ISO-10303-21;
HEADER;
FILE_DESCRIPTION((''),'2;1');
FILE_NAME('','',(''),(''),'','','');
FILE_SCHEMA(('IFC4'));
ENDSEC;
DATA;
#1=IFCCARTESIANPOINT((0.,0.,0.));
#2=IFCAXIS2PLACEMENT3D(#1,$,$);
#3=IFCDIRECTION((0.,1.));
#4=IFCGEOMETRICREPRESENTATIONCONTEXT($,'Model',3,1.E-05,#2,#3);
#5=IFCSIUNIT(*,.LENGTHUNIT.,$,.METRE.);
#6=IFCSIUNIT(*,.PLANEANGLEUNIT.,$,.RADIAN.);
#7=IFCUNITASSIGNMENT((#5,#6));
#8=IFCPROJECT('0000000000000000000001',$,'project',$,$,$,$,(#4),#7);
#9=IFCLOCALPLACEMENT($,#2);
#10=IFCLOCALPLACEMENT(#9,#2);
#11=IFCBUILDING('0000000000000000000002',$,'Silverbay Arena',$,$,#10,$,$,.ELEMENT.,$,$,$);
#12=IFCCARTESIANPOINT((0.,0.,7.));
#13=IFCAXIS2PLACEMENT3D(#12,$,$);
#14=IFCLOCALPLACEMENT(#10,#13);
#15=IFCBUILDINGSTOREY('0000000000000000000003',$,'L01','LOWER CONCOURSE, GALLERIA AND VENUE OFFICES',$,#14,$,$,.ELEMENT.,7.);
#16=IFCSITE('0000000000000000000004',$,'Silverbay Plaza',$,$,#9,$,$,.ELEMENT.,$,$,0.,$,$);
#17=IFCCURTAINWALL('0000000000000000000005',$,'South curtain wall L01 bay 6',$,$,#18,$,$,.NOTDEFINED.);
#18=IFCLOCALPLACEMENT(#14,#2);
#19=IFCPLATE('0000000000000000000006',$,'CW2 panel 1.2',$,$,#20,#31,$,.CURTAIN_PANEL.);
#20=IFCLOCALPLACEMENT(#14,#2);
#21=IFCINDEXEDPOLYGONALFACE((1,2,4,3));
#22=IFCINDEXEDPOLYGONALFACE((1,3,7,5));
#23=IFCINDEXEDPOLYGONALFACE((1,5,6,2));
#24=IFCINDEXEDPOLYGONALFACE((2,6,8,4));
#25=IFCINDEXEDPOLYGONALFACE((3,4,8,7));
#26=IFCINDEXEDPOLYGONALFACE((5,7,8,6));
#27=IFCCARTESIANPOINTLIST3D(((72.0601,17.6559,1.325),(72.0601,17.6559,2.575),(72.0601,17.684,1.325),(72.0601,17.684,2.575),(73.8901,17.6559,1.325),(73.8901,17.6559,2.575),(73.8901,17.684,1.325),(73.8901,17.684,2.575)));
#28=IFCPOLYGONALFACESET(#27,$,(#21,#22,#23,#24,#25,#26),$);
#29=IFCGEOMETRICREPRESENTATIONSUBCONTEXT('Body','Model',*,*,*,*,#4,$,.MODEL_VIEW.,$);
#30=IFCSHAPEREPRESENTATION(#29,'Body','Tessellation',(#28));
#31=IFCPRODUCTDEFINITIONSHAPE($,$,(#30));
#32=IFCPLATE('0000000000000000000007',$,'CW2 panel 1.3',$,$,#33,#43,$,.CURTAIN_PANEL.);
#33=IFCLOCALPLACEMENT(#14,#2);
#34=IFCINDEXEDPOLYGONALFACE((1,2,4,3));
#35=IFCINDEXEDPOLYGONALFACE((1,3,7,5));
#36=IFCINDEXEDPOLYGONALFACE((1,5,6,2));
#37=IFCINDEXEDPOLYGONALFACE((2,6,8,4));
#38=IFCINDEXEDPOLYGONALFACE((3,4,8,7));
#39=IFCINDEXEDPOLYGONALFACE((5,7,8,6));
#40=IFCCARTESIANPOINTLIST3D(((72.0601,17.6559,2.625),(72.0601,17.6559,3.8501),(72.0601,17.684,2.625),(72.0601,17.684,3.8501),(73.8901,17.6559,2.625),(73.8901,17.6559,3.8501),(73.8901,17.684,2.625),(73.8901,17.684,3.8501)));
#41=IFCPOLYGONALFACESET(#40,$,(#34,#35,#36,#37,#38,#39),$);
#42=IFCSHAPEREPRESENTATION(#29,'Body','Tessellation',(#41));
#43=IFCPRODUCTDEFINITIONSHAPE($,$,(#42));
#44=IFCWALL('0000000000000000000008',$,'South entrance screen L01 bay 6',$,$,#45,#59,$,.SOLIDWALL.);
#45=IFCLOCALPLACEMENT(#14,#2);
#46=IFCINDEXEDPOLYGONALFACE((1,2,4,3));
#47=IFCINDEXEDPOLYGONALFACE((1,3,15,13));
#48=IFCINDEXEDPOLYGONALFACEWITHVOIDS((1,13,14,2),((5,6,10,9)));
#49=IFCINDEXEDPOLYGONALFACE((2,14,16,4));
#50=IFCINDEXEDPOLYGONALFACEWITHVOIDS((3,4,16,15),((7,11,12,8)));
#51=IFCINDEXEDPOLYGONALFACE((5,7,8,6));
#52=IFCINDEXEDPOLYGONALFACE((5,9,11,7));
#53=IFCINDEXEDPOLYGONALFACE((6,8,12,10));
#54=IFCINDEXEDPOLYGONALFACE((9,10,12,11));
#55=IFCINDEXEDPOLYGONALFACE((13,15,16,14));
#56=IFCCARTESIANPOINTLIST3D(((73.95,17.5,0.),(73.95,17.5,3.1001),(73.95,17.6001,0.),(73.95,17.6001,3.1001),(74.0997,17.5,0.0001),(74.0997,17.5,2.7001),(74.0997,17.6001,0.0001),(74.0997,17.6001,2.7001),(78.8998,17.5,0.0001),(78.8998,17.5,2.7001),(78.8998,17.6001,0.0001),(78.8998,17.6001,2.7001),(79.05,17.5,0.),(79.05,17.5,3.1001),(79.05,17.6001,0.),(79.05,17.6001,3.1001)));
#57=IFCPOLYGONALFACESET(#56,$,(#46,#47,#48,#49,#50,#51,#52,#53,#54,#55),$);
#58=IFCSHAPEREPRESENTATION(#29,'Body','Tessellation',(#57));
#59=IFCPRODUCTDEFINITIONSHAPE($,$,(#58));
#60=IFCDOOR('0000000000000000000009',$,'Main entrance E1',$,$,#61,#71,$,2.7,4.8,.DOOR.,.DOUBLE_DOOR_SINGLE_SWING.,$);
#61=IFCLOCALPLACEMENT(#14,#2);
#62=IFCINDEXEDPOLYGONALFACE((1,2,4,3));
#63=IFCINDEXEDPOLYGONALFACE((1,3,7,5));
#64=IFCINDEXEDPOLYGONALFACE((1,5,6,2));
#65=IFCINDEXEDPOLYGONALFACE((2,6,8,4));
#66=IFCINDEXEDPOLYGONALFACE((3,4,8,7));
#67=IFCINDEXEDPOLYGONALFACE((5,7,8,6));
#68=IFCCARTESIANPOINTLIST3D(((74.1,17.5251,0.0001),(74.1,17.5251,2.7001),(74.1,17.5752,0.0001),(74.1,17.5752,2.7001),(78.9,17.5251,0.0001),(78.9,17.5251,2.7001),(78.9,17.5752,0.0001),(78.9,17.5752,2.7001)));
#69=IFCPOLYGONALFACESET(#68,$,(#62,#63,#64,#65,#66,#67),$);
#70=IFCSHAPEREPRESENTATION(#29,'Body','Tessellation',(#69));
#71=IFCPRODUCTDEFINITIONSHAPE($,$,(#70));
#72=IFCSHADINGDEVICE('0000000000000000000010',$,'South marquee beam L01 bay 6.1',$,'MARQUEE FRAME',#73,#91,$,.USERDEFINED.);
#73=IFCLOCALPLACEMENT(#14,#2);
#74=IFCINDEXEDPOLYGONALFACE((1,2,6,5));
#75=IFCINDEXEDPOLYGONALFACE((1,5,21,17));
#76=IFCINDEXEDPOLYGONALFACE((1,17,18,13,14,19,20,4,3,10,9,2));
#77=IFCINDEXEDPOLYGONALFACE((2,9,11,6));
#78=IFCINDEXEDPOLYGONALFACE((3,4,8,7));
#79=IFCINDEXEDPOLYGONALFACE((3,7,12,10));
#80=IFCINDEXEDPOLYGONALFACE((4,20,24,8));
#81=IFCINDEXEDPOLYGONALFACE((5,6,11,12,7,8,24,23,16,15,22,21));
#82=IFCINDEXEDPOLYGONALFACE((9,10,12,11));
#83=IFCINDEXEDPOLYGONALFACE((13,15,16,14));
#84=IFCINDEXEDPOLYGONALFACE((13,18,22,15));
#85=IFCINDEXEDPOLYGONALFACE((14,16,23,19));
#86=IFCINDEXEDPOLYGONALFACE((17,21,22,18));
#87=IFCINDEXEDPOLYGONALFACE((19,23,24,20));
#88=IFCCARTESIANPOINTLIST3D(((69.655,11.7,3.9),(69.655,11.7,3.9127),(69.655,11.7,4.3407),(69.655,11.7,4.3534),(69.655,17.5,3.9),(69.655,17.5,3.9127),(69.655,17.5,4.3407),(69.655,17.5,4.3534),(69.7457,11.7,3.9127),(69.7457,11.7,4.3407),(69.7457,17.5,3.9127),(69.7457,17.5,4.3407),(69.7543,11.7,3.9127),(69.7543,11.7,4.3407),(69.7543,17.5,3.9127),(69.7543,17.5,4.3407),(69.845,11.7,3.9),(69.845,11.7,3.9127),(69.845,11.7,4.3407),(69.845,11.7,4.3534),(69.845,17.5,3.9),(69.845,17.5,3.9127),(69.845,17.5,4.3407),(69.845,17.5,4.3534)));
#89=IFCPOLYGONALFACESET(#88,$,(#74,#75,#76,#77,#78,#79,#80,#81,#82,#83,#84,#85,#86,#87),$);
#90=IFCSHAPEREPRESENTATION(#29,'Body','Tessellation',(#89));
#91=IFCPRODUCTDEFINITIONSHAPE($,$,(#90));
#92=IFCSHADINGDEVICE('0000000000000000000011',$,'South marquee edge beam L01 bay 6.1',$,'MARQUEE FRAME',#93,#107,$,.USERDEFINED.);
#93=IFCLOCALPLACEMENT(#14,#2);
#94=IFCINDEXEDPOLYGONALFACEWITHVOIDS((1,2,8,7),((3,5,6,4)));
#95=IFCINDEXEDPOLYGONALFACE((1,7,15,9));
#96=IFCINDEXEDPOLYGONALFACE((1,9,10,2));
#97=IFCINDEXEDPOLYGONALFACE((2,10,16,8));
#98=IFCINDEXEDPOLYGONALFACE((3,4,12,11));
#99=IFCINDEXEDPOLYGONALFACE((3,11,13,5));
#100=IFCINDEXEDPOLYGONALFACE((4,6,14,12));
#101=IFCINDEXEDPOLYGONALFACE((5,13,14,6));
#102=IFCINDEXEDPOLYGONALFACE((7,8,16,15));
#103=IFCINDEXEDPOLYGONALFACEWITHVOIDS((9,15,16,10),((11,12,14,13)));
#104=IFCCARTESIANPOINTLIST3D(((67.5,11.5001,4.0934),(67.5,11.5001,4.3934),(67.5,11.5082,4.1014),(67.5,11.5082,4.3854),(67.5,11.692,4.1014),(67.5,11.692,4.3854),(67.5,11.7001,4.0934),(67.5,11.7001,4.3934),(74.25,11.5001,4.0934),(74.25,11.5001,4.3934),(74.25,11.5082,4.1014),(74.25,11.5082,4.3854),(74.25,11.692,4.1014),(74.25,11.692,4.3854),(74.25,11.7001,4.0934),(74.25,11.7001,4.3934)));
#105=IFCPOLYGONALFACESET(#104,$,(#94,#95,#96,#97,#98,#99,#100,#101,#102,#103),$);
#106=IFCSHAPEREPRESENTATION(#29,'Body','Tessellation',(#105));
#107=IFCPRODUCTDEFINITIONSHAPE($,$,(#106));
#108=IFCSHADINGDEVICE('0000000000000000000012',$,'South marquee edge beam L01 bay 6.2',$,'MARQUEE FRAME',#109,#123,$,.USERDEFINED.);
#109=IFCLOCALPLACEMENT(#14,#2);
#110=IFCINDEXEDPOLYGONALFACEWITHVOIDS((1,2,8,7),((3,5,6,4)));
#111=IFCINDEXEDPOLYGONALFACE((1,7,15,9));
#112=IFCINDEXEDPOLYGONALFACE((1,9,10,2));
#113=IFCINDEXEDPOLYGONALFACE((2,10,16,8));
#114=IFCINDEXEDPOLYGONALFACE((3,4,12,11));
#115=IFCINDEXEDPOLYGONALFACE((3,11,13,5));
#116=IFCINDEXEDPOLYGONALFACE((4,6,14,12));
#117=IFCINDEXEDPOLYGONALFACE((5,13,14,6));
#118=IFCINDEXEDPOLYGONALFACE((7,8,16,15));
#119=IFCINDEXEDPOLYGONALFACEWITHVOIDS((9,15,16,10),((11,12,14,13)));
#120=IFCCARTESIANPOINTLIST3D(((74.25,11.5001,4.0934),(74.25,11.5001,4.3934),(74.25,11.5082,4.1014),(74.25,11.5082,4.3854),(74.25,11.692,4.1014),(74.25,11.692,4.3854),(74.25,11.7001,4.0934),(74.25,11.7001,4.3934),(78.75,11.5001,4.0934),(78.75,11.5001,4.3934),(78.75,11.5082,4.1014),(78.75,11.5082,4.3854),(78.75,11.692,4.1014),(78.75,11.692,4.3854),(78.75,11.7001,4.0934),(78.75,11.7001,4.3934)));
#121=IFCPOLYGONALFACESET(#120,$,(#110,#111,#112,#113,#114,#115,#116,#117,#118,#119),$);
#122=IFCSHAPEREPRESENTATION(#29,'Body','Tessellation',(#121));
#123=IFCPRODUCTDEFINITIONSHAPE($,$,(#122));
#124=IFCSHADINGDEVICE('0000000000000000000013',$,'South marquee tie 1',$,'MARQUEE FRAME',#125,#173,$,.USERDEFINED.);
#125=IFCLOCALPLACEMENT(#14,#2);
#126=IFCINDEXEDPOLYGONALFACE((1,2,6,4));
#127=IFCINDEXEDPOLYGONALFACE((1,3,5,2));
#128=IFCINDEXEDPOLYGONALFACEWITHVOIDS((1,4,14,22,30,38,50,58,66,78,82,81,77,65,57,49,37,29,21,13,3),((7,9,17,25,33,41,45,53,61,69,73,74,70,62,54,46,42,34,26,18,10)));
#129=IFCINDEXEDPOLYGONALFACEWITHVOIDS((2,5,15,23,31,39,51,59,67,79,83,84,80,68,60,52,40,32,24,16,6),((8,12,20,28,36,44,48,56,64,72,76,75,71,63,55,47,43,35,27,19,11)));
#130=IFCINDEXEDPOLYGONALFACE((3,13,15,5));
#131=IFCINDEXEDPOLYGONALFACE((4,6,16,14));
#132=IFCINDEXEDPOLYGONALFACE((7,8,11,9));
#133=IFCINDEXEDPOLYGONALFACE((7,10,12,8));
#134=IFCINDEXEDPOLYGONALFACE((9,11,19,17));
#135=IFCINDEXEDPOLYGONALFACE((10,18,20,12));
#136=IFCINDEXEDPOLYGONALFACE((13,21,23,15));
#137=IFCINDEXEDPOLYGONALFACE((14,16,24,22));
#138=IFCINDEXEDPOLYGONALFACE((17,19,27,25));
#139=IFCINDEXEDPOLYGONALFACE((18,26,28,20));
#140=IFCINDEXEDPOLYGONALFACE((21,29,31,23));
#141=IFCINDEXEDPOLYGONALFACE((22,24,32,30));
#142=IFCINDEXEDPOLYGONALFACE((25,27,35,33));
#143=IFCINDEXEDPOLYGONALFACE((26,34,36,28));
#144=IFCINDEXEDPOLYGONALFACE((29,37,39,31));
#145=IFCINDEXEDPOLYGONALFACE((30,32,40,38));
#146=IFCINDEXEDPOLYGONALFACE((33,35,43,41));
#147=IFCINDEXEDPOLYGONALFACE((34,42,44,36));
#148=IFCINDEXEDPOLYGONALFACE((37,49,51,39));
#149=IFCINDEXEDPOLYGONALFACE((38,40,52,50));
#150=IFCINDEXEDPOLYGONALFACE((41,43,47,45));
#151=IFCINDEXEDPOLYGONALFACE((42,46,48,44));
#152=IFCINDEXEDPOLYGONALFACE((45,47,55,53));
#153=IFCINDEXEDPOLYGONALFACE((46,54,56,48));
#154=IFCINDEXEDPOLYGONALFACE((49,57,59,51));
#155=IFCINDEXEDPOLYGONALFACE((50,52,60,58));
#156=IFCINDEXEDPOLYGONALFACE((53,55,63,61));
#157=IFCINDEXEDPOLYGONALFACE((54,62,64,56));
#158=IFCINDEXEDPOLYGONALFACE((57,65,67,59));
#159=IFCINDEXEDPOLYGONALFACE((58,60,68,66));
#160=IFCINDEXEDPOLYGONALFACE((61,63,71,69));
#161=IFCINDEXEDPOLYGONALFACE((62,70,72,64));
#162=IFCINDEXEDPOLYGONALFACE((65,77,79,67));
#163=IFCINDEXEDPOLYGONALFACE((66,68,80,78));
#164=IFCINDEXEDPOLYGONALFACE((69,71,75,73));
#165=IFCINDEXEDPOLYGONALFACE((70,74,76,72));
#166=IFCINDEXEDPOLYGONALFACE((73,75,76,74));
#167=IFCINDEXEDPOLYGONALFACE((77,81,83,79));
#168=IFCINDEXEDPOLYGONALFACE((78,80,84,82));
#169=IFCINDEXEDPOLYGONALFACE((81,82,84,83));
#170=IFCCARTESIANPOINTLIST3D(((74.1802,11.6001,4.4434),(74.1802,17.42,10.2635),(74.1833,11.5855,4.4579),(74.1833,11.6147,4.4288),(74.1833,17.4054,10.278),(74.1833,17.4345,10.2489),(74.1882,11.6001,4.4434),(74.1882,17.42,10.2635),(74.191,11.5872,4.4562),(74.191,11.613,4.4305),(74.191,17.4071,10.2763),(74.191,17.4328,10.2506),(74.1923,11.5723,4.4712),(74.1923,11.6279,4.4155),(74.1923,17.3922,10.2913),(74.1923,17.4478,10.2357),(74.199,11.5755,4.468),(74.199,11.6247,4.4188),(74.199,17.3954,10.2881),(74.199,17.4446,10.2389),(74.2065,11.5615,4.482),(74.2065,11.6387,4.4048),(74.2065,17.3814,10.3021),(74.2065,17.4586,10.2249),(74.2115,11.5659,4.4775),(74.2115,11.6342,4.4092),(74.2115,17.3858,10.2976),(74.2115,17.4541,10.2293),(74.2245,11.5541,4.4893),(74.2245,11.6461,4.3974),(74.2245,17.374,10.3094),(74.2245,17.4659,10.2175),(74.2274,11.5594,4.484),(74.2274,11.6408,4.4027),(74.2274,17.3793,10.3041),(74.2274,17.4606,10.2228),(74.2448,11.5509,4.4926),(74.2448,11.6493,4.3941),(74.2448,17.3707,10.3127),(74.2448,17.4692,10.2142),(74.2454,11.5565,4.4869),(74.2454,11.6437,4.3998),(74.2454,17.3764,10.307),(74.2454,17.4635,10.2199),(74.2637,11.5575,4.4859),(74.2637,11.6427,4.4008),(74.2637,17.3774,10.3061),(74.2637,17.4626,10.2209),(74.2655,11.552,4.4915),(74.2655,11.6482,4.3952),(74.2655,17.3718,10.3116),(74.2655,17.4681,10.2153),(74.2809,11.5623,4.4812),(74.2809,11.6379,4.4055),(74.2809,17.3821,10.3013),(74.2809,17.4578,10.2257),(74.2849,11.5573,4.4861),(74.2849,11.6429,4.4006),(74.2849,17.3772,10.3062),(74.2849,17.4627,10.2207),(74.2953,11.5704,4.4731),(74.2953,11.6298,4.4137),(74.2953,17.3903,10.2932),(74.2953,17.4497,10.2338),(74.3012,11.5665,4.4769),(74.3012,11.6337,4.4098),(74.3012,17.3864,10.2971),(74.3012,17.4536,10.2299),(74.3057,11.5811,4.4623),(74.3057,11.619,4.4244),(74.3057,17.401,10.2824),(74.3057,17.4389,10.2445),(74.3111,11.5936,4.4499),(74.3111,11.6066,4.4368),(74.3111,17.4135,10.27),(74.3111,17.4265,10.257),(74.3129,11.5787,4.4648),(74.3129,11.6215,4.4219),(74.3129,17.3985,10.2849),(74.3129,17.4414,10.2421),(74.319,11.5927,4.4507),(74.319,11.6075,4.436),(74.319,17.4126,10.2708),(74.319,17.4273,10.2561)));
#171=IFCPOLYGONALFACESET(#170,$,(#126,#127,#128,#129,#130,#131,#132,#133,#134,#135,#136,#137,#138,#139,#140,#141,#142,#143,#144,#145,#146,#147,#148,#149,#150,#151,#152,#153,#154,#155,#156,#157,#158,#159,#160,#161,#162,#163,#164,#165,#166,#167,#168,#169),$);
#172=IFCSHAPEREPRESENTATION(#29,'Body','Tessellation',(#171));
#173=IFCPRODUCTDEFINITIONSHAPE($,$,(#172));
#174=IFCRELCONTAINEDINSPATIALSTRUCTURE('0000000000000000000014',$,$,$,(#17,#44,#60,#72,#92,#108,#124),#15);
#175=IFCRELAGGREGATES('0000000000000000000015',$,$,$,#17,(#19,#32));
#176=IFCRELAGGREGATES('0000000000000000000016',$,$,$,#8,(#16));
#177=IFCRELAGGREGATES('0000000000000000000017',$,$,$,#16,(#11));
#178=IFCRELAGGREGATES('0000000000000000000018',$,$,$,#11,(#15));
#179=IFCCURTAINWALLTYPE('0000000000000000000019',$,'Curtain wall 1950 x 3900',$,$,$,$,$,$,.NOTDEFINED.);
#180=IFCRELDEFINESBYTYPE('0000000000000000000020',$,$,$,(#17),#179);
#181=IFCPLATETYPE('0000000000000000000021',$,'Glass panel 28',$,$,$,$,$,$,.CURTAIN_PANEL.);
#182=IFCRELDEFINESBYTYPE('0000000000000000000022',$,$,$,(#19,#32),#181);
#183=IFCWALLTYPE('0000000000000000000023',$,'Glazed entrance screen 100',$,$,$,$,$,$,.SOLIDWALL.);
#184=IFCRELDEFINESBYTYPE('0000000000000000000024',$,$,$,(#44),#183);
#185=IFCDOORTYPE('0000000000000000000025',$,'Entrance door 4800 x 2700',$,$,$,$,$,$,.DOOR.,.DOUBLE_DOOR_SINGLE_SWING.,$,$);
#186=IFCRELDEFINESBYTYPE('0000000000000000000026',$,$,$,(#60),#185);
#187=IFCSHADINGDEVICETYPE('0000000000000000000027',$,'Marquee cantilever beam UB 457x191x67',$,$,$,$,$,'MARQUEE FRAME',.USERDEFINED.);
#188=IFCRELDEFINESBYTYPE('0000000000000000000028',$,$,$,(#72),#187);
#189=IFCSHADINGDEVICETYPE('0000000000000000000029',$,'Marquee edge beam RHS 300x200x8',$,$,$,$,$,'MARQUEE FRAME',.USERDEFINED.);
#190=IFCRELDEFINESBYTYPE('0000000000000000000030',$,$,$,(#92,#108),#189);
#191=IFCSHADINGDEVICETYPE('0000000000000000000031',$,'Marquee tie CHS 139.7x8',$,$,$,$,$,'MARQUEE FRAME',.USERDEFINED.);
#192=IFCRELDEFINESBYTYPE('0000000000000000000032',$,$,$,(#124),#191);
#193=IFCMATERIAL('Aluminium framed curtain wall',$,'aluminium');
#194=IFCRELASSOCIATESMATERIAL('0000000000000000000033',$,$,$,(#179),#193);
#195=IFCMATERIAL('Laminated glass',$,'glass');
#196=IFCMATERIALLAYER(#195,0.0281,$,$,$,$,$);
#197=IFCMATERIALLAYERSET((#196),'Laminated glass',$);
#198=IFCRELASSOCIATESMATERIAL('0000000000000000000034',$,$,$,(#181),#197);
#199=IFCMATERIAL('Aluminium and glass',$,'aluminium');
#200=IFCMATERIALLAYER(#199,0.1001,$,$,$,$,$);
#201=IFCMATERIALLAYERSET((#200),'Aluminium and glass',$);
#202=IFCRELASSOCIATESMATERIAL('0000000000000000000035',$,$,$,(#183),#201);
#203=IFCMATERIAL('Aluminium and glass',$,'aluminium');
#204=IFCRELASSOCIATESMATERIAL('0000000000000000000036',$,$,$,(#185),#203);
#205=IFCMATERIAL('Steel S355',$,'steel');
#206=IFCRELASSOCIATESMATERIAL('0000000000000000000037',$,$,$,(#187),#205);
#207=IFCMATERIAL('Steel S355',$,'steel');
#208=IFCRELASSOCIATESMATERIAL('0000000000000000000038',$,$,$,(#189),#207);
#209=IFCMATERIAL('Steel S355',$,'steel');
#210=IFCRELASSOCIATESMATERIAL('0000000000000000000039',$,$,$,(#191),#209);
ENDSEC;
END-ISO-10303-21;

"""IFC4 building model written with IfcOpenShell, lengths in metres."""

from ifc_helpers import new_model, si_unit, direction, frame, frame_2d, origin, origin_2d, place, context, subcontext, project, spatial, rectangle, hollow_rectangle, hollow_circle, i_section, extrude, material, layer, layer_set, material_profile, profile_set, type_object, element, fill, aggregate, save


model = new_model("IFC4")

# Units and contexts
model_context = context("Model", 3, precision=1e-05, world=origin(), true_north=direction((0.0, 1.0)))
body_context = subcontext(model_context, "Body", "Model", "MODEL_VIEW")
ifc_project = project(units=[si_unit("LENGTHUNIT", "METRE"), si_unit("PLANEANGLEUNIT", "RADIAN")], contexts=[model_context])

# Site, building, storey
site_placement = place(None, origin())
site = spatial("IfcSite", under=ifc_project, at=site_placement, Name="Silverbay Plaza", CompositionType="ELEMENT", RefElevation=0.0)
building_placement = place(site_placement, origin())
building = spatial("IfcBuilding", under=site, at=building_placement, Name="Silverbay Arena", CompositionType="ELEMENT")
storey_placement = place(building_placement, frame((0.0, 0.0, 7.0)))
storey = spatial("IfcBuildingStorey", under=building, at=storey_placement, Name="L01", Description="LOWER CONCOURSE, GALLERIA AND VENUE OFFICES", CompositionType="ELEMENT", Elevation=7.0)

# Curtain wall
ifc_material_1 = material(Name="Aluminium framed curtain wall", Category="aluminium")
curtain_wall_type_1 = type_object("IfcCurtainWallType", Name="Curtain wall 1950 x 3900", PredefinedType="NOTDEFINED", material=ifc_material_1)
curtain_wall_1_placement = place(storey_placement, origin())
curtain_wall_1 = element("IfcCurtainWall", 1, at=curtain_wall_1_placement, inside=storey, type_object=curtain_wall_type_1, Name="South curtain wall L01 bay 6", PredefinedType="NOTDEFINED")

# Plates
ifc_material_2 = material(Name="Laminated glass", Category="glass")
ifc_layer_1 = layer(ifc_material_2, 0.0281)
ifc_layer_set_1 = layer_set([ifc_layer_1], Name="Laminated glass")
plate_type = type_object("IfcPlateType", Name="Glass panel 28", PredefinedType="CURTAIN_PANEL", material=ifc_layer_set_1)
plate_1_placement = place(storey_placement, frame((72.9751, 17.6699, 1.325), z_axis=(0.0, 0.0, 1.0), x_axis=(1.0, 0.0, 0.0)))
plate_1 = element("IfcPlate", 2, at=plate_1_placement, type_object=plate_type, Name="CW2 panel 1.2", PredefinedType="CURTAIN_PANEL", context=body_context, shape_type="SweptSolid", body=[
    extrude(rectangle(XDim=1.8301, YDim=0.0281, at=origin_2d()), origin(), (0.0, 0.0, 1.0), 1.25),
])
plate_2_placement = place(storey_placement, frame((72.9751, 17.6699, 2.625), z_axis=(0.0, 0.0, 1.0), x_axis=(1.0, 0.0, 0.0)))
plate_2 = element("IfcPlate", 3, at=plate_2_placement, type_object=plate_type, Name="CW2 panel 1.3", PredefinedType="CURTAIN_PANEL", context=body_context, shape_type="SweptSolid", body=[
    extrude(rectangle(XDim=1.8301, YDim=0.0281, at=origin_2d()), origin(), (0.0, 0.0, 1.0), 1.2251),
])
aggregate(curtain_wall_1, [plate_1, plate_2])

# Wall, opening, door
ifc_material_3 = material(Name="Aluminium and glass", Category="aluminium")
ifc_layer_2 = layer(ifc_material_3, 0.1001)
ifc_layer_set_2 = layer_set([ifc_layer_2], Name="Aluminium and glass")
wall_type = type_object("IfcWallType", Name="Glazed entrance screen 100", PredefinedType="SOLIDWALL", material=ifc_layer_set_2)
wall_placement = place(storey_placement, frame((73.95, 17.55, 0.0), z_axis=(0.0, 0.0, 1.0), x_axis=(1.0, 0.0, 0.0)))
wall = element("IfcWall", 4, at=wall_placement, inside=storey, type_object=wall_type, Name="South entrance screen L01 bay 6", PredefinedType="SOLIDWALL", context=body_context, shape_type="SweptSolid", body=[
    extrude(rectangle(XDim=5.1001, YDim=0.1001, at=frame_2d((2.55, 0.0))), origin(), (0.0, 0.0, 1.0), 3.1001),
])
opening_placement = place(wall_placement, frame((0.1499, 0.0, 0.0)))
opening = element("IfcOpeningElement", 5, at=opening_placement, cuts=wall, PredefinedType="OPENING", context=body_context, shape_type="SweptSolid", body=[
    extrude(rectangle(XDim=4.8, YDim=2.7, at=frame_2d((2.3999, 1.3501))), frame((0.0, 0.0601, 0.0), z_axis=(0.0, -1.0, 0.0), x_axis=(1.0, 0.0, 0.0)), (0.0, 0.0, 1.0), 0.1201),
])
ifc_material_4 = material(Name="Aluminium and glass", Category="aluminium")
door_type = type_object("IfcDoorType", Name="Entrance door 4800 x 2700", OperationType="DOUBLE_DOOR_SINGLE_SWING", PredefinedType="DOOR", material=ifc_material_4)
door_placement = place(opening_placement, frame((4.8, 0.0, 0.0), z_axis=(0.0, 0.0, 1.0), x_axis=(-1.0, 0.0, 0.0)))
door = element("IfcDoor", 6, at=door_placement, inside=storey, type_object=door_type, Name="Main entrance E1", OperationType="DOUBLE_DOOR_SINGLE_SWING", OverallHeight=2.7, OverallWidth=4.8, PredefinedType="DOOR", context=body_context, shape_type="SweptSolid", body=[
    extrude(rectangle(XDim=4.8, YDim=2.7, at=frame_2d((2.3999, 1.3501))), frame((0.0, 0.0249, 0.0), z_axis=(0.0, -1.0, 0.0), x_axis=(1.0, 0.0, 0.0)), (0.0, 0.0, 1.0), 0.05),
])
fill(opening, door)

# Shading devices
ifc_material_5 = material(Name="Steel S355", Category="steel")
ifc_material_profile_1 = material_profile(ifc_material_5, i_section(OverallWidth=0.1899, OverallDepth=0.4534, WebThickness=0.0085, FlangeThickness=0.0127, at=origin_2d()), Name="UB 457x191x67")
ifc_profile_set_1 = profile_set([ifc_material_profile_1], Name="Steel S355")
shading_device_type_1 = type_object("IfcShadingDeviceType", Name="Marquee cantilever beam UB 457x191x67", ElementType="MARQUEE FRAME", PredefinedType="USERDEFINED", material=ifc_profile_set_1)
shading_device_1_placement = place(storey_placement, frame((69.75, 17.5, 4.1267), z_axis=(0.0, -1.0, 0.0), x_axis=(1.0, 0.0, 0.0)))
element("IfcShadingDevice", 7, at=shading_device_1_placement, inside=storey, type_object=shading_device_type_1, Name="South marquee beam L01 bay 6.1", ObjectType="MARQUEE FRAME", PredefinedType="USERDEFINED", context=body_context, shape_type="SweptSolid", body=[
    extrude(i_section(OverallWidth=0.1899, OverallDepth=0.4534, WebThickness=0.0085, FlangeThickness=0.0127, at=origin_2d()), origin(), (0.0, 0.0, 1.0), 5.8),
])
ifc_material_6 = material(Name="Steel S355", Category="steel")
ifc_material_profile_2 = material_profile(ifc_material_6, hollow_rectangle(XDim=0.2, YDim=0.3, WallThickness=0.0081, at=origin_2d()), Name="RHS 300x200x8")
ifc_profile_set_2 = profile_set([ifc_material_profile_2], Name="Steel S355")
shading_device_type_2 = type_object("IfcShadingDeviceType", Name="Marquee edge beam RHS 300x200x8", ElementType="MARQUEE FRAME", PredefinedType="USERDEFINED", material=ifc_profile_set_2)
shading_device_2_placement = place(storey_placement, frame((67.5, 11.6001, 4.2434), z_axis=(1.0, 0.0, 0.0), x_axis=(0.0, 1.0, 0.0)))
element("IfcShadingDevice", 8, at=shading_device_2_placement, inside=storey, type_object=shading_device_type_2, Name="South marquee edge beam L01 bay 6.1", ObjectType="MARQUEE FRAME", PredefinedType="USERDEFINED", context=body_context, shape_type="SweptSolid", body=[
    extrude(hollow_rectangle(XDim=0.2, YDim=0.3, WallThickness=0.0081, at=origin_2d()), origin(), (0.0, 0.0, 1.0), 6.75),
])
shading_device_3_placement = place(storey_placement, frame((74.25, 11.6001, 4.2434), z_axis=(1.0, 0.0, 0.0), x_axis=(0.0, 1.0, 0.0)))
element("IfcShadingDevice", 9, at=shading_device_3_placement, inside=storey, type_object=shading_device_type_2, Name="South marquee edge beam L01 bay 6.2", ObjectType="MARQUEE FRAME", PredefinedType="USERDEFINED", context=body_context, shape_type="SweptSolid", body=[
    extrude(hollow_rectangle(XDim=0.2, YDim=0.3, WallThickness=0.0081, at=origin_2d()), origin(), (0.0, 0.0, 1.0), 4.5),
])
ifc_material_7 = material(Name="Steel S355", Category="steel")
ifc_material_profile_3 = material_profile(ifc_material_7, hollow_circle(Radius=0.0698, WallThickness=0.0081, at=origin_2d()), Name="CHS 139.7x8")
ifc_profile_set_3 = profile_set([ifc_material_profile_3], Name="Steel S355")
shading_device_type_3 = type_object("IfcShadingDeviceType", Name="Marquee tie CHS 139.7x8", ElementType="MARQUEE FRAME", PredefinedType="USERDEFINED", material=ifc_profile_set_3)
shading_device_4_placement = place(storey_placement, frame((74.25, 11.6001, 4.4434), z_axis=(0.0, 0.707092, 0.707122), x_axis=(-1.0, 0.0, 0.0)))
element("IfcShadingDevice", 10, at=shading_device_4_placement, inside=storey, type_object=shading_device_type_3, Name="South marquee tie 1", ObjectType="MARQUEE FRAME", PredefinedType="USERDEFINED", context=body_context, shape_type="SweptSolid", body=[
    extrude(hollow_circle(Radius=0.0698, WallThickness=0.0081, at=origin_2d()), origin(), (0.0, 0.0, 1.0), 8.2307),
])

save(model, "model.ifc")
